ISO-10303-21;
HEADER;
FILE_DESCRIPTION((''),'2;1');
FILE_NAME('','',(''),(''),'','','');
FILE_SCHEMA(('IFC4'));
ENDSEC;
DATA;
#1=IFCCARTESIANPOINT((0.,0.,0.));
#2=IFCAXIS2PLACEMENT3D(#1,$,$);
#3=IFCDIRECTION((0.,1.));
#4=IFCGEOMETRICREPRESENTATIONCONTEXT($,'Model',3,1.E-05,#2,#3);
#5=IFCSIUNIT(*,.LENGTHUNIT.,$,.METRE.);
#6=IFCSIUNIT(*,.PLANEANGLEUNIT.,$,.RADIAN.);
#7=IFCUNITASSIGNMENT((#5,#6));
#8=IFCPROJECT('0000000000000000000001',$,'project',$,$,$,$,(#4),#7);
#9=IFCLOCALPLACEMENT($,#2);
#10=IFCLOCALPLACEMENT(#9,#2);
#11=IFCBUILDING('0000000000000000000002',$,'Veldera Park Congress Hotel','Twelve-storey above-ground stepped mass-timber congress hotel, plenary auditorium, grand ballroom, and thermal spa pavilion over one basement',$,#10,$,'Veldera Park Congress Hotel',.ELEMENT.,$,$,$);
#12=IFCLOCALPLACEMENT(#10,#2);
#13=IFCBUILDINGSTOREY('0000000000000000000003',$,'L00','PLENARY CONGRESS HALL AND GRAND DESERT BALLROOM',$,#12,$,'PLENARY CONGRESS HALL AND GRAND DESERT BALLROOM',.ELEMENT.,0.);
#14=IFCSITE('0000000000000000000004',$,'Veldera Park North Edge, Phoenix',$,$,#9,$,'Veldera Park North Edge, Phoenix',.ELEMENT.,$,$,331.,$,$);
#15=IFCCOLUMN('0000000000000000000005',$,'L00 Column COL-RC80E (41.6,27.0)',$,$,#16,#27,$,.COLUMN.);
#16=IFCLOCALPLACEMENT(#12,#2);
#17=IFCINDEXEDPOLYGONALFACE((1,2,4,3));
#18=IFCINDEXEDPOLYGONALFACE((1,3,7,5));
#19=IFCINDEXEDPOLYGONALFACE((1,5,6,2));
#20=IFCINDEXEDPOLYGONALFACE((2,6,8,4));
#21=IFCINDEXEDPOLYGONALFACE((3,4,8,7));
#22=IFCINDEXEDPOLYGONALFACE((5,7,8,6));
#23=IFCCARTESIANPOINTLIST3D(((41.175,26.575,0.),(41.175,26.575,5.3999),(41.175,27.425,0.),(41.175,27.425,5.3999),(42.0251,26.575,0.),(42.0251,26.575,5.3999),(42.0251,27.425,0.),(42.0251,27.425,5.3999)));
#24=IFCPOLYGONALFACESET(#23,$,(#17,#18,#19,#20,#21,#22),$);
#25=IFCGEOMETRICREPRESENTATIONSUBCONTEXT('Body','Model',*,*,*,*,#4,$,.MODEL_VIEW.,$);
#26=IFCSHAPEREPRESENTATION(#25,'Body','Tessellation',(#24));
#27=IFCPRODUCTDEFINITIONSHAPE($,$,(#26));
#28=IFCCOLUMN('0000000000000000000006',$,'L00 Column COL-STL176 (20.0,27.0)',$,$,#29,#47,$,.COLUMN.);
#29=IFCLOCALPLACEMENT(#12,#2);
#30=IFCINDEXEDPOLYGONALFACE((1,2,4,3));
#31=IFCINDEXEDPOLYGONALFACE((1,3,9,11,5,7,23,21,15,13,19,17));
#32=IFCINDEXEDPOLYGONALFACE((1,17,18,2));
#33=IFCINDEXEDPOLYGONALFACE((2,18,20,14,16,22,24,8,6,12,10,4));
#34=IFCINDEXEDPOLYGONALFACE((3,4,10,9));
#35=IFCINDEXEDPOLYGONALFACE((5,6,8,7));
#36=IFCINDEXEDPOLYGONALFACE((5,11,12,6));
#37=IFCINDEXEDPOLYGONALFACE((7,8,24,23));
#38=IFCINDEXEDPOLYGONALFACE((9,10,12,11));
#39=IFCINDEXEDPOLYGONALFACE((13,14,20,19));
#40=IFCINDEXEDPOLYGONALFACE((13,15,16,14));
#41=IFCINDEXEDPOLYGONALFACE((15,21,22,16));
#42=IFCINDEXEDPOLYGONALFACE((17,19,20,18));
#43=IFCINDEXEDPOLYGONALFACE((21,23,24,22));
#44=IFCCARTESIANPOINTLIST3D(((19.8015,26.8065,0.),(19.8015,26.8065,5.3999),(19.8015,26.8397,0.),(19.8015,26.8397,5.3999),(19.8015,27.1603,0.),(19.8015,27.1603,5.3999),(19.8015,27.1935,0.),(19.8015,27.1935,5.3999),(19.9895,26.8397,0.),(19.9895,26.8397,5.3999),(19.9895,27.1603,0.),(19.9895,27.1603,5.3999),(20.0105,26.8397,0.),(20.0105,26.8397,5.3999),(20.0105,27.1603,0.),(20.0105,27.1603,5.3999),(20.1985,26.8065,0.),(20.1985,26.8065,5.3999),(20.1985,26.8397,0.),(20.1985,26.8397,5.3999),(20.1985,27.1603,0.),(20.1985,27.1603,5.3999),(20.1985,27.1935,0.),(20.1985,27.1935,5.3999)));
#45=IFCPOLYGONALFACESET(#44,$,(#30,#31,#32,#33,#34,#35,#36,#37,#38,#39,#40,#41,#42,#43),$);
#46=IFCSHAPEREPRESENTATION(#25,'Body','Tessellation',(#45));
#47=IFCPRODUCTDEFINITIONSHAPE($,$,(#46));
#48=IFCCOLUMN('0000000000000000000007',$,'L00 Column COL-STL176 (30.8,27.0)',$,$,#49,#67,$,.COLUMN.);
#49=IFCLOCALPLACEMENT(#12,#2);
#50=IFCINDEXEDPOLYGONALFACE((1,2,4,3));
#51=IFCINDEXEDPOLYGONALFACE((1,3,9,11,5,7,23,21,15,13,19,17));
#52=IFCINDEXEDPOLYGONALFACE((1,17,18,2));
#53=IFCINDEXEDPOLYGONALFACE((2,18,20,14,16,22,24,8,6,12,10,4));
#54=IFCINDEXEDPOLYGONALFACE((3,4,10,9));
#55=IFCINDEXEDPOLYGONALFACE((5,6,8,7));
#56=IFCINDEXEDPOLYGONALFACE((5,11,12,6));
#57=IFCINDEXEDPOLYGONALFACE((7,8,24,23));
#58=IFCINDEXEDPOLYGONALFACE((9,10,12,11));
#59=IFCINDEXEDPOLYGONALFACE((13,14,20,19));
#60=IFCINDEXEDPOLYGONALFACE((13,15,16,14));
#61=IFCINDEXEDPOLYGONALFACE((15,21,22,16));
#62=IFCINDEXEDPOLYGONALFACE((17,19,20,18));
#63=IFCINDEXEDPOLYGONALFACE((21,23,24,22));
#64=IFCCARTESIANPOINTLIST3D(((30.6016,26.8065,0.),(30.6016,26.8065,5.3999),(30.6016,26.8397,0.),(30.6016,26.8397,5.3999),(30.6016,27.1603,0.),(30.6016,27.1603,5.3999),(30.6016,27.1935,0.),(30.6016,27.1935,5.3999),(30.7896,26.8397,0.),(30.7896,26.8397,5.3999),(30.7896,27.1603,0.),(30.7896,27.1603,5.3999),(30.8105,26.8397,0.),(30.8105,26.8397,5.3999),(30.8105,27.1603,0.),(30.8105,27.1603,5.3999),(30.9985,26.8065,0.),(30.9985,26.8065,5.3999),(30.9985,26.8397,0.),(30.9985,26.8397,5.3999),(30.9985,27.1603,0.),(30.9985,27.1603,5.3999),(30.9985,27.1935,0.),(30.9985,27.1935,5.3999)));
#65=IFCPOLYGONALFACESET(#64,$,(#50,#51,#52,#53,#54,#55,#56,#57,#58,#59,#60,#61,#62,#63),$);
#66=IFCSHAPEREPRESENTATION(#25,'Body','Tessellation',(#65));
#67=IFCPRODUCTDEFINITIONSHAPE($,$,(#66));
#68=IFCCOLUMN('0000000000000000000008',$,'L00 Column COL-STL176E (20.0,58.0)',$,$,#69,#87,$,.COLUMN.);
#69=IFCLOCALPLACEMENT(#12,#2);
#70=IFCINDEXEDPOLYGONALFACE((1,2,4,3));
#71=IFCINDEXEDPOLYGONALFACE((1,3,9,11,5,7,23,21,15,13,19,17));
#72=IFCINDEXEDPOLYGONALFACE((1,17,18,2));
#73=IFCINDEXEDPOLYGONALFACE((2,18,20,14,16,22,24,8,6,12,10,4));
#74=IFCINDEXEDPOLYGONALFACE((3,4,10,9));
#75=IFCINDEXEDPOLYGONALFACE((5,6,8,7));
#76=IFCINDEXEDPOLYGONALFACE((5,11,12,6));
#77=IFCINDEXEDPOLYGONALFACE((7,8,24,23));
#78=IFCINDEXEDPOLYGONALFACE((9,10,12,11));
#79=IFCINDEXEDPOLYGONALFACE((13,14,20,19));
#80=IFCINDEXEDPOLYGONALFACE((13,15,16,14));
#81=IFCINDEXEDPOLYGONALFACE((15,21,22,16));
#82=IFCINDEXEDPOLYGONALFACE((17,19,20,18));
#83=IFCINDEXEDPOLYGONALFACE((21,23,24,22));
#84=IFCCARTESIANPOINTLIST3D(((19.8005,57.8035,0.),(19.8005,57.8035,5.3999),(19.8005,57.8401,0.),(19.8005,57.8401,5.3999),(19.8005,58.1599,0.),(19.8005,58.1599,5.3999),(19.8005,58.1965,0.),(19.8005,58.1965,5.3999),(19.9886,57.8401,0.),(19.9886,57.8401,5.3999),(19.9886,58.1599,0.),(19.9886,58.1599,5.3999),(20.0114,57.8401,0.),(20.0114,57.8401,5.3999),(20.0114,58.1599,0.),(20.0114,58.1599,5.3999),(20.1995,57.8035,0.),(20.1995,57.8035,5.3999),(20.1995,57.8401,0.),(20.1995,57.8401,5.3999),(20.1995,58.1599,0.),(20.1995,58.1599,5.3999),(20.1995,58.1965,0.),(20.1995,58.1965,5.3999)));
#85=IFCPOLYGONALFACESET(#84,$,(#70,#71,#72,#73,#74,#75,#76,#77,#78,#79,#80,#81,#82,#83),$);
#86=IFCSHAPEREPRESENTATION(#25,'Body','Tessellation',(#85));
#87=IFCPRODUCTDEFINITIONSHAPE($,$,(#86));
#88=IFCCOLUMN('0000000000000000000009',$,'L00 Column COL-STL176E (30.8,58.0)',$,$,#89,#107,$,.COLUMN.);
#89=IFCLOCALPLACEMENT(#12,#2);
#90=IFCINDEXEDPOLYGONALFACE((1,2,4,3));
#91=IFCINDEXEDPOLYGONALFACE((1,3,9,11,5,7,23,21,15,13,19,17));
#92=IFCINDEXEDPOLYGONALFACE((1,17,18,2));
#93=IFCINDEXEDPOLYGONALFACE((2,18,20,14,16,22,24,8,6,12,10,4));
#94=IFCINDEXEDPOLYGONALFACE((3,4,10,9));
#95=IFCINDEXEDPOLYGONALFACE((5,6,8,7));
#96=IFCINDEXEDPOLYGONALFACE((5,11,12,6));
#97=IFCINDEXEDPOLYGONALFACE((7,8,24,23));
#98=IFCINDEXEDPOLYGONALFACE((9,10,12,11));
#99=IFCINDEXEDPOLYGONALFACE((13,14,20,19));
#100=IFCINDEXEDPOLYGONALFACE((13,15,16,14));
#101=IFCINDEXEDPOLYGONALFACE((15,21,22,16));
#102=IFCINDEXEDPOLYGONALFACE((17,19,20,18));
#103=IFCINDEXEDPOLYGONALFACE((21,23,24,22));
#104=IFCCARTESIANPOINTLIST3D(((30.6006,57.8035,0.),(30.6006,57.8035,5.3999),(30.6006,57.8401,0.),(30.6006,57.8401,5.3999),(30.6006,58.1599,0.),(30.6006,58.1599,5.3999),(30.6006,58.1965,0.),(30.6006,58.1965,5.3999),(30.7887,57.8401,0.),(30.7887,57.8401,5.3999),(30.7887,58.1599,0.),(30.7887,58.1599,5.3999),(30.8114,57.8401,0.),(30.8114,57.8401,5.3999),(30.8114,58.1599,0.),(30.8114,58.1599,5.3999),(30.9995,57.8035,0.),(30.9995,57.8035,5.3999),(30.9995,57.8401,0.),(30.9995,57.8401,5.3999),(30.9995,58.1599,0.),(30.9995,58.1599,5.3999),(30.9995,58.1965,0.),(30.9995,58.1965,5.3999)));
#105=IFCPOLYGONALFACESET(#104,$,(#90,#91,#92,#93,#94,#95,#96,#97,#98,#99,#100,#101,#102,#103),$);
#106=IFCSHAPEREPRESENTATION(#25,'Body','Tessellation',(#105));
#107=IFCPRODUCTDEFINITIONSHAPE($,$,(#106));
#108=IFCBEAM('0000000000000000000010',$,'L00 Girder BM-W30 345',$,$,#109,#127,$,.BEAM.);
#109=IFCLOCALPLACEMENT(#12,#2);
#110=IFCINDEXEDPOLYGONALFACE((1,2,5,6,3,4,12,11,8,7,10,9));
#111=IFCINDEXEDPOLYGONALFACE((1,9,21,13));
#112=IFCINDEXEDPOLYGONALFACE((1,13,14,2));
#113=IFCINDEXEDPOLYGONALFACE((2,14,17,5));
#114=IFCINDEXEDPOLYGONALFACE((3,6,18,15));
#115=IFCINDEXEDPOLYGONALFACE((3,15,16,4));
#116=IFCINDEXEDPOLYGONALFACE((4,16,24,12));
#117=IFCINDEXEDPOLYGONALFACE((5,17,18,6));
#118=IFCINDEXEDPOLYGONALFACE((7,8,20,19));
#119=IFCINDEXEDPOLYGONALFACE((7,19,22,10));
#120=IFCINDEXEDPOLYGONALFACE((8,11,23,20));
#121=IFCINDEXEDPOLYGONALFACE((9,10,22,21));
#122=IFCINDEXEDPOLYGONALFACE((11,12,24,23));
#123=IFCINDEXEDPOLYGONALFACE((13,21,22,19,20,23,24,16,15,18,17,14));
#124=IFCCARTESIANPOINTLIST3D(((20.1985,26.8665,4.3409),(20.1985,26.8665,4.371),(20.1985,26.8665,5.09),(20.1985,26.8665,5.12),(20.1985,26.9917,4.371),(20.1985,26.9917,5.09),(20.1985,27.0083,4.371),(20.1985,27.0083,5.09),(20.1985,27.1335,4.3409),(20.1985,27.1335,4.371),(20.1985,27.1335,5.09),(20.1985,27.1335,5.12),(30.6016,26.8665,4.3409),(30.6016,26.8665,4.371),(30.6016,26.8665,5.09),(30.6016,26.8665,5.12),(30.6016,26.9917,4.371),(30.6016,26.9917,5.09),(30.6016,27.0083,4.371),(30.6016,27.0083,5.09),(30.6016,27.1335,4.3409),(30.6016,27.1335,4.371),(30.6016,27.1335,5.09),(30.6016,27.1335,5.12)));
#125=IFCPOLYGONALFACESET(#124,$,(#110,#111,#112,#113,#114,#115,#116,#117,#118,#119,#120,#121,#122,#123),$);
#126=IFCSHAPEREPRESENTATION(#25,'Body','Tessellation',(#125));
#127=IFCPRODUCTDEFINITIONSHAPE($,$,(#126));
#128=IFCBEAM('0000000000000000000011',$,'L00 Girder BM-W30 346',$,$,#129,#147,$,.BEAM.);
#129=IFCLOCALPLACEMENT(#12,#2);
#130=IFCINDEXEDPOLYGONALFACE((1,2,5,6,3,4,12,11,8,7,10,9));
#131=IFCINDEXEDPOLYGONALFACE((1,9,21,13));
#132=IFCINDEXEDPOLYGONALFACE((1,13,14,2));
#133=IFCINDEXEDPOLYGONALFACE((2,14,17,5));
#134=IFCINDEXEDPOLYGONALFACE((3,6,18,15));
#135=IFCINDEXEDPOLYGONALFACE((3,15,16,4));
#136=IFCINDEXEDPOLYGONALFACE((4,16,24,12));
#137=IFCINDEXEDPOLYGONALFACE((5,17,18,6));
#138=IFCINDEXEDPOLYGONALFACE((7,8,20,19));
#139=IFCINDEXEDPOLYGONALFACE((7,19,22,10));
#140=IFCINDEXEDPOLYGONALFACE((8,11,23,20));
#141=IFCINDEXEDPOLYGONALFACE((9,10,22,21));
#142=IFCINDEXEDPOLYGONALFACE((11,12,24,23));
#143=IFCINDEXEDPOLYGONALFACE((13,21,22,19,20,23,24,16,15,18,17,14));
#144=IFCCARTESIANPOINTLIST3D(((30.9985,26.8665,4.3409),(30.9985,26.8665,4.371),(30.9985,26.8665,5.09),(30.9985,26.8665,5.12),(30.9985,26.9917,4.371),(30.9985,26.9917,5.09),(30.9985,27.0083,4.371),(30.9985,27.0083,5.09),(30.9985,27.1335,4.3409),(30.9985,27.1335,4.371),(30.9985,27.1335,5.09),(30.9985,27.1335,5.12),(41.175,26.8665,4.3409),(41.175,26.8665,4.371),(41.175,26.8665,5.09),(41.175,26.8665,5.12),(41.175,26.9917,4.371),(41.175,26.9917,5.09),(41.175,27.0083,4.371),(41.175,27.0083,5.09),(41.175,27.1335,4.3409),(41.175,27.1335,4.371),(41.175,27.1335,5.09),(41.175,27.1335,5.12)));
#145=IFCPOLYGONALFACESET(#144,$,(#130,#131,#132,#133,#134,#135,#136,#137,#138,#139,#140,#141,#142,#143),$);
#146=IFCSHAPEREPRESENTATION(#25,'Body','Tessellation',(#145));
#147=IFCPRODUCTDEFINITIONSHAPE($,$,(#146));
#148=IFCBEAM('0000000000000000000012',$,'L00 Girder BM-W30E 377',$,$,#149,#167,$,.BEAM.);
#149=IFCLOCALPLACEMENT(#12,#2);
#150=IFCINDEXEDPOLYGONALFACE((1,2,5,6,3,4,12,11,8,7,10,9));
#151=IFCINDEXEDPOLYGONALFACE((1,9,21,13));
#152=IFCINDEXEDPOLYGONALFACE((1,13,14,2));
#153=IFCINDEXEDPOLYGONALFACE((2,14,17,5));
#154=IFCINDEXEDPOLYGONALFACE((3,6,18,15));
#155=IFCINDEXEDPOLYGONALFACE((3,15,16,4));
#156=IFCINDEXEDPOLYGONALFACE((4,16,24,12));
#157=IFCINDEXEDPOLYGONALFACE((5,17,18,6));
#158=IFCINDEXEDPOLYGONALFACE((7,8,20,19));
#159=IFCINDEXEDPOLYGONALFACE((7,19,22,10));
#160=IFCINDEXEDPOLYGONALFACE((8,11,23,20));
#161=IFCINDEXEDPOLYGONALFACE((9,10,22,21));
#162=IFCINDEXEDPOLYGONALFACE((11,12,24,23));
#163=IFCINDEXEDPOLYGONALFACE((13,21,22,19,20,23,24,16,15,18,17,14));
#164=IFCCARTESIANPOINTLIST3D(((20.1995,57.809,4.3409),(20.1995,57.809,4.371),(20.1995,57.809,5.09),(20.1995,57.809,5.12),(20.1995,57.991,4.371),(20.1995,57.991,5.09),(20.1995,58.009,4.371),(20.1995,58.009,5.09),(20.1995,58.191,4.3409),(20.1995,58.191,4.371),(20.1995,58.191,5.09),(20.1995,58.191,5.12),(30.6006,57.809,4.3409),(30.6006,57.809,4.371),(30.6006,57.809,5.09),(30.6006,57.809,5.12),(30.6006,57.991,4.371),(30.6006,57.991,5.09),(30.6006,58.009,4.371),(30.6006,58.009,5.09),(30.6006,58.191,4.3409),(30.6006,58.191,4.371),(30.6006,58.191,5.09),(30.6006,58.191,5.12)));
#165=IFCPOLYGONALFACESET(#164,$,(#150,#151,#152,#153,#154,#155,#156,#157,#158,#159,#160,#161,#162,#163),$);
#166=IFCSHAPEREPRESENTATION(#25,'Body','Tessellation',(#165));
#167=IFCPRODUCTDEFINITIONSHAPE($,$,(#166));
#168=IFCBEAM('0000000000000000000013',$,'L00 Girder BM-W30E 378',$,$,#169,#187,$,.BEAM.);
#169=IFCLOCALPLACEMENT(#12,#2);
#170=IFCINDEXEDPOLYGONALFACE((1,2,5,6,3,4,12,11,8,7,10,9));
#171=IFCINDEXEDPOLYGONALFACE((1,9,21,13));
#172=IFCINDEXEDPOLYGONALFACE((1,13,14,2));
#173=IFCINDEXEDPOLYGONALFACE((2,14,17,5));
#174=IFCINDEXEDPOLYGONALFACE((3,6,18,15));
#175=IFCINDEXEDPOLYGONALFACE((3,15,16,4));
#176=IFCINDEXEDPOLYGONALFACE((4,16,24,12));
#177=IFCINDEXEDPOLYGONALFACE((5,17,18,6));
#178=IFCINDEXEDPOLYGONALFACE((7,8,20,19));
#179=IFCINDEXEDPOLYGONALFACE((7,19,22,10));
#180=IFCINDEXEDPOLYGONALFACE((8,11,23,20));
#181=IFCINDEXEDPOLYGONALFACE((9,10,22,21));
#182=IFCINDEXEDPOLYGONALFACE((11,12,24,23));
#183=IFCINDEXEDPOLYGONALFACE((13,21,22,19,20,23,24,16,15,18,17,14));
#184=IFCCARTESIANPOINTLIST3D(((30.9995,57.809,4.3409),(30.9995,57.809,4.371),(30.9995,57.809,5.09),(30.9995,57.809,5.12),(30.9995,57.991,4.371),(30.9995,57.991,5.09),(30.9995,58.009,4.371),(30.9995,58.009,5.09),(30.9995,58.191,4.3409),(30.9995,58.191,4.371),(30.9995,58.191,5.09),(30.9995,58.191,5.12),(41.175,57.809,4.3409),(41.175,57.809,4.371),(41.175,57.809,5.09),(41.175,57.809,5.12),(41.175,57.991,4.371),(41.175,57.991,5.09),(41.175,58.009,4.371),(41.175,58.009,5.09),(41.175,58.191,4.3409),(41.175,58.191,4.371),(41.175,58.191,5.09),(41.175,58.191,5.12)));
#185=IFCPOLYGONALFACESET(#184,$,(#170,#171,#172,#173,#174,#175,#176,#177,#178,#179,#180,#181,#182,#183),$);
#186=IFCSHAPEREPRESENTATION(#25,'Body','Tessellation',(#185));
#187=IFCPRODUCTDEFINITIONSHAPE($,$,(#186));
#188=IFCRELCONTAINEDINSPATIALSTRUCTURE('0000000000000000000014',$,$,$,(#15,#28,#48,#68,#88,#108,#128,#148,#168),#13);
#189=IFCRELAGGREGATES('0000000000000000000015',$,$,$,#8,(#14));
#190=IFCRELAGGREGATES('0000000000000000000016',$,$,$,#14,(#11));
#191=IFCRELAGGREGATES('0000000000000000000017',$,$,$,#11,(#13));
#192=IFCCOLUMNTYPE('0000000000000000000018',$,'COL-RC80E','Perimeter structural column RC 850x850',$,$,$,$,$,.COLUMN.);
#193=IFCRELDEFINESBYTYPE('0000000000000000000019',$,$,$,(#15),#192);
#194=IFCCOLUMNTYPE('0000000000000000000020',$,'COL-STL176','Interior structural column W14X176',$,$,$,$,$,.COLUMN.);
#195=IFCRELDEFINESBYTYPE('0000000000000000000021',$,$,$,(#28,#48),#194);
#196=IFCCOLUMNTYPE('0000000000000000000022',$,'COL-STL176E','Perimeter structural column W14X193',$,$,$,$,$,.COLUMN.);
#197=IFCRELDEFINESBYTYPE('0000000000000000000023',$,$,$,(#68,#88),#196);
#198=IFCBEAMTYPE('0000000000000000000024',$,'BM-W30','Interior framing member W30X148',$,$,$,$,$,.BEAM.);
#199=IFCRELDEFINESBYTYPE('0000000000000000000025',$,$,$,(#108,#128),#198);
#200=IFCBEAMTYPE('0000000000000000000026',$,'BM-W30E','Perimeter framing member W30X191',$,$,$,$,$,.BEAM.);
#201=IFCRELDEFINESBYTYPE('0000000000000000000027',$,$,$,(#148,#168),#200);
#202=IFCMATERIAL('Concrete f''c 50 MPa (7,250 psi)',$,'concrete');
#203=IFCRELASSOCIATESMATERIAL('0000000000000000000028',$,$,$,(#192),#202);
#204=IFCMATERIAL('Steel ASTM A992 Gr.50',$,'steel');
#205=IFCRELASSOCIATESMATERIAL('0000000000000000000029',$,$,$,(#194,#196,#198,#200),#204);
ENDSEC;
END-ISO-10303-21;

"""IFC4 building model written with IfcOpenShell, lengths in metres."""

from ifc_helpers import new_model, si_unit, direction, frame, origin, origin_2d, place, context, subcontext, project, spatial, rectangle, i_section, extrude, material, material_profile, profile_set, type_object, element, save


model = new_model("IFC4")

# Units and contexts
model_context = context("Model", 3, precision=1e-05, world=origin(), true_north=direction((0.0, 1.0)))
body_context = subcontext(model_context, "Body", "Model", "MODEL_VIEW")
ifc_project = project(units=[si_unit("LENGTHUNIT", "METRE"), si_unit("PLANEANGLEUNIT", "RADIAN")], contexts=[model_context])

# Site, building, storey
site_placement = place(None, origin())
site = spatial("IfcSite", under=ifc_project, at=site_placement, Name="Veldera Park North Edge, Phoenix", LongName="Veldera Park North Edge, Phoenix", CompositionType="ELEMENT", RefElevation=331.0)
building_placement = place(site_placement, origin())
building = spatial("IfcBuilding", under=site, at=building_placement, Name="Veldera Park Congress Hotel", Description="Twelve-storey above-ground stepped mass-timber congress hotel, plenary auditorium, grand ballroom, and thermal spa pavilion over one basement", LongName="Veldera Park Congress Hotel", CompositionType="ELEMENT")
storey_placement = place(building_placement, origin())
storey = spatial("IfcBuildingStorey", under=building, at=storey_placement, Name="L00", Description="PLENARY CONGRESS HALL AND GRAND DESERT BALLROOM", LongName="PLENARY CONGRESS HALL AND GRAND DESERT BALLROOM", CompositionType="ELEMENT", Elevation=0.0)

# Columns
ifc_material_1 = material(Name="Concrete f'c 50 MPa (7,250 psi)", Category="concrete")
ifc_material_profile_1 = material_profile(ifc_material_1, rectangle(XDim=0.8501, YDim=0.8501, at=origin_2d()), Name="RC 850x850")
ifc_profile_set_1 = profile_set([ifc_material_profile_1], Name="Concrete f'c 50 MPa (7,250 psi)")
column_type_1 = type_object("IfcColumnType", Name="COL-RC80E", Description="Perimeter structural column RC 850x850", PredefinedType="COLUMN", material=ifc_profile_set_1)
column_placement = place(storey_placement, frame((41.6001, 27.0, 0.0), z_axis=(0.0, 0.0, 1.0), x_axis=(1.0, 0.0, 0.0)))
element("IfcColumn", 1, at=column_placement, inside=storey, type_object=column_type_1, Name="L00 Column COL-RC80E (41.6,27.0)", PredefinedType="COLUMN", context=body_context, shape_type="SweptSolid", body=[
    extrude(rectangle(XDim=0.8501, YDim=0.8501, at=origin_2d()), origin(), (0.0, 0.0, 1.0), 5.3999),
])
ifc_material_2 = material(Name="Steel ASTM A992 Gr.50", Category="steel")
ifc_material_profile_2 = material_profile(ifc_material_2, i_section(OverallWidth=0.397, OverallDepth=0.387, WebThickness=0.021, FlangeThickness=0.0332, at=origin_2d()), Name="W14X176")
ifc_profile_set_2 = profile_set([ifc_material_profile_2], Name="Steel ASTM A992 Gr.50")
column_type_2 = type_object("IfcColumnType", Name="COL-STL176", Description="Interior structural column W14X176", PredefinedType="COLUMN", material=ifc_profile_set_2)
for number, where, z_axis, x_axis, name in (
    (2, (20.0, 27.0, 0.0), (0.0, 0.0, 1.0), (1.0, 0.0, 0.0), "L00 Column COL-STL176 (20.0,27.0)"),
    (3, (30.8, 27.0, 0.0), (0.0, 0.0, 1.0), (1.0, 0.0, 0.0), "L00 Column COL-STL176 (30.8,27.0)"),
):
    element("IfcColumn", number, at=place(storey_placement, frame(where, z_axis=z_axis, x_axis=x_axis)), inside=storey, type_object=column_type_2, Name=name, PredefinedType="COLUMN", context=body_context, shape_type="SweptSolid", body=[
        extrude(i_section(OverallWidth=0.397, OverallDepth=0.387, WebThickness=0.021, FlangeThickness=0.0332, at=origin_2d()), origin(), (0.0, 0.0, 1.0), 5.3999),
    ])
ifc_material_profile_3 = material_profile(ifc_material_2, i_section(OverallWidth=0.3989, OverallDepth=0.3931, WebThickness=0.0227, FlangeThickness=0.0366, at=origin_2d()), Name="W14X193")
ifc_profile_set_3 = profile_set([ifc_material_profile_3], Name="Steel ASTM A992 Gr.50")
column_type_3 = type_object("IfcColumnType", Name="COL-STL176E", Description="Perimeter structural column W14X193", PredefinedType="COLUMN", material=ifc_profile_set_3)
for number, where, z_axis, x_axis, name in (
    (4, (20.0, 58.0, 0.0), (0.0, 0.0, 1.0), (1.0, 0.0, 0.0), "L00 Column COL-STL176E (20.0,58.0)"),
    (5, (30.8, 58.0, 0.0), (0.0, 0.0, 1.0), (1.0, 0.0, 0.0), "L00 Column COL-STL176E (30.8,58.0)"),
):
    element("IfcColumn", number, at=place(storey_placement, frame(where, z_axis=z_axis, x_axis=x_axis)), inside=storey, type_object=column_type_3, Name=name, PredefinedType="COLUMN", context=body_context, shape_type="SweptSolid", body=[
        extrude(i_section(OverallWidth=0.3989, OverallDepth=0.3931, WebThickness=0.0227, FlangeThickness=0.0366, at=origin_2d()), origin(), (0.0, 0.0, 1.0), 5.3999),
    ])

# Beams
ifc_material_profile_4 = material_profile(ifc_material_2, i_section(OverallWidth=0.2671, OverallDepth=0.7791, WebThickness=0.0166, FlangeThickness=0.03, at=origin_2d()), Name="W30X148")
ifc_profile_set_4 = profile_set([ifc_material_profile_4], Name="Steel ASTM A992 Gr.50")
beam_type_1 = type_object("IfcBeamType", Name="BM-W30", Description="Interior framing member W30X148", PredefinedType="BEAM", material=ifc_profile_set_4)
beam_1_placement = place(storey_placement, frame((20.1985, 27.0, 4.7305), z_axis=(1.0, 0.0, 0.0), x_axis=(0.0, 1.0, 0.0)))
element("IfcBeam", 6, at=beam_1_placement, inside=storey, type_object=beam_type_1, Name="L00 Girder BM-W30 345", PredefinedType="BEAM", context=body_context, shape_type="SweptSolid", body=[
    extrude(i_section(OverallWidth=0.2671, OverallDepth=0.7791, WebThickness=0.0166, FlangeThickness=0.03, at=origin_2d()), origin(), (0.0, 0.0, 1.0), 10.4031),
])
beam_2_placement = place(storey_placement, frame((30.9985, 27.0, 4.7305), z_axis=(1.0, 0.0, 0.0), x_axis=(0.0, 1.0, 0.0)))
element("IfcBeam", 7, at=beam_2_placement, inside=storey, type_object=beam_type_1, Name="L00 Girder BM-W30 346", PredefinedType="BEAM", context=body_context, shape_type="SweptSolid", body=[
    extrude(i_section(OverallWidth=0.2671, OverallDepth=0.7791, WebThickness=0.0166, FlangeThickness=0.03, at=origin_2d()), origin(), (0.0, 0.0, 1.0), 10.1765),
])
ifc_material_profile_5 = material_profile(ifc_material_2, i_section(OverallWidth=0.3821, OverallDepth=0.7791, WebThickness=0.0181, FlangeThickness=0.03, at=origin_2d()), Name="W30X191")
ifc_profile_set_5 = profile_set([ifc_material_profile_5], Name="Steel ASTM A992 Gr.50")
beam_type_2 = type_object("IfcBeamType", Name="BM-W30E", Description="Perimeter framing member W30X191", PredefinedType="BEAM", material=ifc_profile_set_5)
beam_3_placement = place(storey_placement, frame((20.1995, 58.0, 4.7305), z_axis=(1.0, 0.0, 0.0), x_axis=(0.0, 1.0, 0.0)))
element("IfcBeam", 8, at=beam_3_placement, inside=storey, type_object=beam_type_2, Name="L00 Girder BM-W30E 377", PredefinedType="BEAM", context=body_context, shape_type="SweptSolid", body=[
    extrude(i_section(OverallWidth=0.3821, OverallDepth=0.7791, WebThickness=0.0181, FlangeThickness=0.03, at=origin_2d()), origin(), (0.0, 0.0, 1.0), 10.4011),
])
beam_4_placement = place(storey_placement, frame((30.9995, 58.0, 4.7305), z_axis=(1.0, 0.0, 0.0), x_axis=(0.0, 1.0, 0.0)))
element("IfcBeam", 9, at=beam_4_placement, inside=storey, type_object=beam_type_2, Name="L00 Girder BM-W30E 378", PredefinedType="BEAM", context=body_context, shape_type="SweptSolid", body=[
    extrude(i_section(OverallWidth=0.3821, OverallDepth=0.7791, WebThickness=0.0181, FlangeThickness=0.03, at=origin_2d()), origin(), (0.0, 0.0, 1.0), 10.1755),
])

save(model, "model.ifc")
